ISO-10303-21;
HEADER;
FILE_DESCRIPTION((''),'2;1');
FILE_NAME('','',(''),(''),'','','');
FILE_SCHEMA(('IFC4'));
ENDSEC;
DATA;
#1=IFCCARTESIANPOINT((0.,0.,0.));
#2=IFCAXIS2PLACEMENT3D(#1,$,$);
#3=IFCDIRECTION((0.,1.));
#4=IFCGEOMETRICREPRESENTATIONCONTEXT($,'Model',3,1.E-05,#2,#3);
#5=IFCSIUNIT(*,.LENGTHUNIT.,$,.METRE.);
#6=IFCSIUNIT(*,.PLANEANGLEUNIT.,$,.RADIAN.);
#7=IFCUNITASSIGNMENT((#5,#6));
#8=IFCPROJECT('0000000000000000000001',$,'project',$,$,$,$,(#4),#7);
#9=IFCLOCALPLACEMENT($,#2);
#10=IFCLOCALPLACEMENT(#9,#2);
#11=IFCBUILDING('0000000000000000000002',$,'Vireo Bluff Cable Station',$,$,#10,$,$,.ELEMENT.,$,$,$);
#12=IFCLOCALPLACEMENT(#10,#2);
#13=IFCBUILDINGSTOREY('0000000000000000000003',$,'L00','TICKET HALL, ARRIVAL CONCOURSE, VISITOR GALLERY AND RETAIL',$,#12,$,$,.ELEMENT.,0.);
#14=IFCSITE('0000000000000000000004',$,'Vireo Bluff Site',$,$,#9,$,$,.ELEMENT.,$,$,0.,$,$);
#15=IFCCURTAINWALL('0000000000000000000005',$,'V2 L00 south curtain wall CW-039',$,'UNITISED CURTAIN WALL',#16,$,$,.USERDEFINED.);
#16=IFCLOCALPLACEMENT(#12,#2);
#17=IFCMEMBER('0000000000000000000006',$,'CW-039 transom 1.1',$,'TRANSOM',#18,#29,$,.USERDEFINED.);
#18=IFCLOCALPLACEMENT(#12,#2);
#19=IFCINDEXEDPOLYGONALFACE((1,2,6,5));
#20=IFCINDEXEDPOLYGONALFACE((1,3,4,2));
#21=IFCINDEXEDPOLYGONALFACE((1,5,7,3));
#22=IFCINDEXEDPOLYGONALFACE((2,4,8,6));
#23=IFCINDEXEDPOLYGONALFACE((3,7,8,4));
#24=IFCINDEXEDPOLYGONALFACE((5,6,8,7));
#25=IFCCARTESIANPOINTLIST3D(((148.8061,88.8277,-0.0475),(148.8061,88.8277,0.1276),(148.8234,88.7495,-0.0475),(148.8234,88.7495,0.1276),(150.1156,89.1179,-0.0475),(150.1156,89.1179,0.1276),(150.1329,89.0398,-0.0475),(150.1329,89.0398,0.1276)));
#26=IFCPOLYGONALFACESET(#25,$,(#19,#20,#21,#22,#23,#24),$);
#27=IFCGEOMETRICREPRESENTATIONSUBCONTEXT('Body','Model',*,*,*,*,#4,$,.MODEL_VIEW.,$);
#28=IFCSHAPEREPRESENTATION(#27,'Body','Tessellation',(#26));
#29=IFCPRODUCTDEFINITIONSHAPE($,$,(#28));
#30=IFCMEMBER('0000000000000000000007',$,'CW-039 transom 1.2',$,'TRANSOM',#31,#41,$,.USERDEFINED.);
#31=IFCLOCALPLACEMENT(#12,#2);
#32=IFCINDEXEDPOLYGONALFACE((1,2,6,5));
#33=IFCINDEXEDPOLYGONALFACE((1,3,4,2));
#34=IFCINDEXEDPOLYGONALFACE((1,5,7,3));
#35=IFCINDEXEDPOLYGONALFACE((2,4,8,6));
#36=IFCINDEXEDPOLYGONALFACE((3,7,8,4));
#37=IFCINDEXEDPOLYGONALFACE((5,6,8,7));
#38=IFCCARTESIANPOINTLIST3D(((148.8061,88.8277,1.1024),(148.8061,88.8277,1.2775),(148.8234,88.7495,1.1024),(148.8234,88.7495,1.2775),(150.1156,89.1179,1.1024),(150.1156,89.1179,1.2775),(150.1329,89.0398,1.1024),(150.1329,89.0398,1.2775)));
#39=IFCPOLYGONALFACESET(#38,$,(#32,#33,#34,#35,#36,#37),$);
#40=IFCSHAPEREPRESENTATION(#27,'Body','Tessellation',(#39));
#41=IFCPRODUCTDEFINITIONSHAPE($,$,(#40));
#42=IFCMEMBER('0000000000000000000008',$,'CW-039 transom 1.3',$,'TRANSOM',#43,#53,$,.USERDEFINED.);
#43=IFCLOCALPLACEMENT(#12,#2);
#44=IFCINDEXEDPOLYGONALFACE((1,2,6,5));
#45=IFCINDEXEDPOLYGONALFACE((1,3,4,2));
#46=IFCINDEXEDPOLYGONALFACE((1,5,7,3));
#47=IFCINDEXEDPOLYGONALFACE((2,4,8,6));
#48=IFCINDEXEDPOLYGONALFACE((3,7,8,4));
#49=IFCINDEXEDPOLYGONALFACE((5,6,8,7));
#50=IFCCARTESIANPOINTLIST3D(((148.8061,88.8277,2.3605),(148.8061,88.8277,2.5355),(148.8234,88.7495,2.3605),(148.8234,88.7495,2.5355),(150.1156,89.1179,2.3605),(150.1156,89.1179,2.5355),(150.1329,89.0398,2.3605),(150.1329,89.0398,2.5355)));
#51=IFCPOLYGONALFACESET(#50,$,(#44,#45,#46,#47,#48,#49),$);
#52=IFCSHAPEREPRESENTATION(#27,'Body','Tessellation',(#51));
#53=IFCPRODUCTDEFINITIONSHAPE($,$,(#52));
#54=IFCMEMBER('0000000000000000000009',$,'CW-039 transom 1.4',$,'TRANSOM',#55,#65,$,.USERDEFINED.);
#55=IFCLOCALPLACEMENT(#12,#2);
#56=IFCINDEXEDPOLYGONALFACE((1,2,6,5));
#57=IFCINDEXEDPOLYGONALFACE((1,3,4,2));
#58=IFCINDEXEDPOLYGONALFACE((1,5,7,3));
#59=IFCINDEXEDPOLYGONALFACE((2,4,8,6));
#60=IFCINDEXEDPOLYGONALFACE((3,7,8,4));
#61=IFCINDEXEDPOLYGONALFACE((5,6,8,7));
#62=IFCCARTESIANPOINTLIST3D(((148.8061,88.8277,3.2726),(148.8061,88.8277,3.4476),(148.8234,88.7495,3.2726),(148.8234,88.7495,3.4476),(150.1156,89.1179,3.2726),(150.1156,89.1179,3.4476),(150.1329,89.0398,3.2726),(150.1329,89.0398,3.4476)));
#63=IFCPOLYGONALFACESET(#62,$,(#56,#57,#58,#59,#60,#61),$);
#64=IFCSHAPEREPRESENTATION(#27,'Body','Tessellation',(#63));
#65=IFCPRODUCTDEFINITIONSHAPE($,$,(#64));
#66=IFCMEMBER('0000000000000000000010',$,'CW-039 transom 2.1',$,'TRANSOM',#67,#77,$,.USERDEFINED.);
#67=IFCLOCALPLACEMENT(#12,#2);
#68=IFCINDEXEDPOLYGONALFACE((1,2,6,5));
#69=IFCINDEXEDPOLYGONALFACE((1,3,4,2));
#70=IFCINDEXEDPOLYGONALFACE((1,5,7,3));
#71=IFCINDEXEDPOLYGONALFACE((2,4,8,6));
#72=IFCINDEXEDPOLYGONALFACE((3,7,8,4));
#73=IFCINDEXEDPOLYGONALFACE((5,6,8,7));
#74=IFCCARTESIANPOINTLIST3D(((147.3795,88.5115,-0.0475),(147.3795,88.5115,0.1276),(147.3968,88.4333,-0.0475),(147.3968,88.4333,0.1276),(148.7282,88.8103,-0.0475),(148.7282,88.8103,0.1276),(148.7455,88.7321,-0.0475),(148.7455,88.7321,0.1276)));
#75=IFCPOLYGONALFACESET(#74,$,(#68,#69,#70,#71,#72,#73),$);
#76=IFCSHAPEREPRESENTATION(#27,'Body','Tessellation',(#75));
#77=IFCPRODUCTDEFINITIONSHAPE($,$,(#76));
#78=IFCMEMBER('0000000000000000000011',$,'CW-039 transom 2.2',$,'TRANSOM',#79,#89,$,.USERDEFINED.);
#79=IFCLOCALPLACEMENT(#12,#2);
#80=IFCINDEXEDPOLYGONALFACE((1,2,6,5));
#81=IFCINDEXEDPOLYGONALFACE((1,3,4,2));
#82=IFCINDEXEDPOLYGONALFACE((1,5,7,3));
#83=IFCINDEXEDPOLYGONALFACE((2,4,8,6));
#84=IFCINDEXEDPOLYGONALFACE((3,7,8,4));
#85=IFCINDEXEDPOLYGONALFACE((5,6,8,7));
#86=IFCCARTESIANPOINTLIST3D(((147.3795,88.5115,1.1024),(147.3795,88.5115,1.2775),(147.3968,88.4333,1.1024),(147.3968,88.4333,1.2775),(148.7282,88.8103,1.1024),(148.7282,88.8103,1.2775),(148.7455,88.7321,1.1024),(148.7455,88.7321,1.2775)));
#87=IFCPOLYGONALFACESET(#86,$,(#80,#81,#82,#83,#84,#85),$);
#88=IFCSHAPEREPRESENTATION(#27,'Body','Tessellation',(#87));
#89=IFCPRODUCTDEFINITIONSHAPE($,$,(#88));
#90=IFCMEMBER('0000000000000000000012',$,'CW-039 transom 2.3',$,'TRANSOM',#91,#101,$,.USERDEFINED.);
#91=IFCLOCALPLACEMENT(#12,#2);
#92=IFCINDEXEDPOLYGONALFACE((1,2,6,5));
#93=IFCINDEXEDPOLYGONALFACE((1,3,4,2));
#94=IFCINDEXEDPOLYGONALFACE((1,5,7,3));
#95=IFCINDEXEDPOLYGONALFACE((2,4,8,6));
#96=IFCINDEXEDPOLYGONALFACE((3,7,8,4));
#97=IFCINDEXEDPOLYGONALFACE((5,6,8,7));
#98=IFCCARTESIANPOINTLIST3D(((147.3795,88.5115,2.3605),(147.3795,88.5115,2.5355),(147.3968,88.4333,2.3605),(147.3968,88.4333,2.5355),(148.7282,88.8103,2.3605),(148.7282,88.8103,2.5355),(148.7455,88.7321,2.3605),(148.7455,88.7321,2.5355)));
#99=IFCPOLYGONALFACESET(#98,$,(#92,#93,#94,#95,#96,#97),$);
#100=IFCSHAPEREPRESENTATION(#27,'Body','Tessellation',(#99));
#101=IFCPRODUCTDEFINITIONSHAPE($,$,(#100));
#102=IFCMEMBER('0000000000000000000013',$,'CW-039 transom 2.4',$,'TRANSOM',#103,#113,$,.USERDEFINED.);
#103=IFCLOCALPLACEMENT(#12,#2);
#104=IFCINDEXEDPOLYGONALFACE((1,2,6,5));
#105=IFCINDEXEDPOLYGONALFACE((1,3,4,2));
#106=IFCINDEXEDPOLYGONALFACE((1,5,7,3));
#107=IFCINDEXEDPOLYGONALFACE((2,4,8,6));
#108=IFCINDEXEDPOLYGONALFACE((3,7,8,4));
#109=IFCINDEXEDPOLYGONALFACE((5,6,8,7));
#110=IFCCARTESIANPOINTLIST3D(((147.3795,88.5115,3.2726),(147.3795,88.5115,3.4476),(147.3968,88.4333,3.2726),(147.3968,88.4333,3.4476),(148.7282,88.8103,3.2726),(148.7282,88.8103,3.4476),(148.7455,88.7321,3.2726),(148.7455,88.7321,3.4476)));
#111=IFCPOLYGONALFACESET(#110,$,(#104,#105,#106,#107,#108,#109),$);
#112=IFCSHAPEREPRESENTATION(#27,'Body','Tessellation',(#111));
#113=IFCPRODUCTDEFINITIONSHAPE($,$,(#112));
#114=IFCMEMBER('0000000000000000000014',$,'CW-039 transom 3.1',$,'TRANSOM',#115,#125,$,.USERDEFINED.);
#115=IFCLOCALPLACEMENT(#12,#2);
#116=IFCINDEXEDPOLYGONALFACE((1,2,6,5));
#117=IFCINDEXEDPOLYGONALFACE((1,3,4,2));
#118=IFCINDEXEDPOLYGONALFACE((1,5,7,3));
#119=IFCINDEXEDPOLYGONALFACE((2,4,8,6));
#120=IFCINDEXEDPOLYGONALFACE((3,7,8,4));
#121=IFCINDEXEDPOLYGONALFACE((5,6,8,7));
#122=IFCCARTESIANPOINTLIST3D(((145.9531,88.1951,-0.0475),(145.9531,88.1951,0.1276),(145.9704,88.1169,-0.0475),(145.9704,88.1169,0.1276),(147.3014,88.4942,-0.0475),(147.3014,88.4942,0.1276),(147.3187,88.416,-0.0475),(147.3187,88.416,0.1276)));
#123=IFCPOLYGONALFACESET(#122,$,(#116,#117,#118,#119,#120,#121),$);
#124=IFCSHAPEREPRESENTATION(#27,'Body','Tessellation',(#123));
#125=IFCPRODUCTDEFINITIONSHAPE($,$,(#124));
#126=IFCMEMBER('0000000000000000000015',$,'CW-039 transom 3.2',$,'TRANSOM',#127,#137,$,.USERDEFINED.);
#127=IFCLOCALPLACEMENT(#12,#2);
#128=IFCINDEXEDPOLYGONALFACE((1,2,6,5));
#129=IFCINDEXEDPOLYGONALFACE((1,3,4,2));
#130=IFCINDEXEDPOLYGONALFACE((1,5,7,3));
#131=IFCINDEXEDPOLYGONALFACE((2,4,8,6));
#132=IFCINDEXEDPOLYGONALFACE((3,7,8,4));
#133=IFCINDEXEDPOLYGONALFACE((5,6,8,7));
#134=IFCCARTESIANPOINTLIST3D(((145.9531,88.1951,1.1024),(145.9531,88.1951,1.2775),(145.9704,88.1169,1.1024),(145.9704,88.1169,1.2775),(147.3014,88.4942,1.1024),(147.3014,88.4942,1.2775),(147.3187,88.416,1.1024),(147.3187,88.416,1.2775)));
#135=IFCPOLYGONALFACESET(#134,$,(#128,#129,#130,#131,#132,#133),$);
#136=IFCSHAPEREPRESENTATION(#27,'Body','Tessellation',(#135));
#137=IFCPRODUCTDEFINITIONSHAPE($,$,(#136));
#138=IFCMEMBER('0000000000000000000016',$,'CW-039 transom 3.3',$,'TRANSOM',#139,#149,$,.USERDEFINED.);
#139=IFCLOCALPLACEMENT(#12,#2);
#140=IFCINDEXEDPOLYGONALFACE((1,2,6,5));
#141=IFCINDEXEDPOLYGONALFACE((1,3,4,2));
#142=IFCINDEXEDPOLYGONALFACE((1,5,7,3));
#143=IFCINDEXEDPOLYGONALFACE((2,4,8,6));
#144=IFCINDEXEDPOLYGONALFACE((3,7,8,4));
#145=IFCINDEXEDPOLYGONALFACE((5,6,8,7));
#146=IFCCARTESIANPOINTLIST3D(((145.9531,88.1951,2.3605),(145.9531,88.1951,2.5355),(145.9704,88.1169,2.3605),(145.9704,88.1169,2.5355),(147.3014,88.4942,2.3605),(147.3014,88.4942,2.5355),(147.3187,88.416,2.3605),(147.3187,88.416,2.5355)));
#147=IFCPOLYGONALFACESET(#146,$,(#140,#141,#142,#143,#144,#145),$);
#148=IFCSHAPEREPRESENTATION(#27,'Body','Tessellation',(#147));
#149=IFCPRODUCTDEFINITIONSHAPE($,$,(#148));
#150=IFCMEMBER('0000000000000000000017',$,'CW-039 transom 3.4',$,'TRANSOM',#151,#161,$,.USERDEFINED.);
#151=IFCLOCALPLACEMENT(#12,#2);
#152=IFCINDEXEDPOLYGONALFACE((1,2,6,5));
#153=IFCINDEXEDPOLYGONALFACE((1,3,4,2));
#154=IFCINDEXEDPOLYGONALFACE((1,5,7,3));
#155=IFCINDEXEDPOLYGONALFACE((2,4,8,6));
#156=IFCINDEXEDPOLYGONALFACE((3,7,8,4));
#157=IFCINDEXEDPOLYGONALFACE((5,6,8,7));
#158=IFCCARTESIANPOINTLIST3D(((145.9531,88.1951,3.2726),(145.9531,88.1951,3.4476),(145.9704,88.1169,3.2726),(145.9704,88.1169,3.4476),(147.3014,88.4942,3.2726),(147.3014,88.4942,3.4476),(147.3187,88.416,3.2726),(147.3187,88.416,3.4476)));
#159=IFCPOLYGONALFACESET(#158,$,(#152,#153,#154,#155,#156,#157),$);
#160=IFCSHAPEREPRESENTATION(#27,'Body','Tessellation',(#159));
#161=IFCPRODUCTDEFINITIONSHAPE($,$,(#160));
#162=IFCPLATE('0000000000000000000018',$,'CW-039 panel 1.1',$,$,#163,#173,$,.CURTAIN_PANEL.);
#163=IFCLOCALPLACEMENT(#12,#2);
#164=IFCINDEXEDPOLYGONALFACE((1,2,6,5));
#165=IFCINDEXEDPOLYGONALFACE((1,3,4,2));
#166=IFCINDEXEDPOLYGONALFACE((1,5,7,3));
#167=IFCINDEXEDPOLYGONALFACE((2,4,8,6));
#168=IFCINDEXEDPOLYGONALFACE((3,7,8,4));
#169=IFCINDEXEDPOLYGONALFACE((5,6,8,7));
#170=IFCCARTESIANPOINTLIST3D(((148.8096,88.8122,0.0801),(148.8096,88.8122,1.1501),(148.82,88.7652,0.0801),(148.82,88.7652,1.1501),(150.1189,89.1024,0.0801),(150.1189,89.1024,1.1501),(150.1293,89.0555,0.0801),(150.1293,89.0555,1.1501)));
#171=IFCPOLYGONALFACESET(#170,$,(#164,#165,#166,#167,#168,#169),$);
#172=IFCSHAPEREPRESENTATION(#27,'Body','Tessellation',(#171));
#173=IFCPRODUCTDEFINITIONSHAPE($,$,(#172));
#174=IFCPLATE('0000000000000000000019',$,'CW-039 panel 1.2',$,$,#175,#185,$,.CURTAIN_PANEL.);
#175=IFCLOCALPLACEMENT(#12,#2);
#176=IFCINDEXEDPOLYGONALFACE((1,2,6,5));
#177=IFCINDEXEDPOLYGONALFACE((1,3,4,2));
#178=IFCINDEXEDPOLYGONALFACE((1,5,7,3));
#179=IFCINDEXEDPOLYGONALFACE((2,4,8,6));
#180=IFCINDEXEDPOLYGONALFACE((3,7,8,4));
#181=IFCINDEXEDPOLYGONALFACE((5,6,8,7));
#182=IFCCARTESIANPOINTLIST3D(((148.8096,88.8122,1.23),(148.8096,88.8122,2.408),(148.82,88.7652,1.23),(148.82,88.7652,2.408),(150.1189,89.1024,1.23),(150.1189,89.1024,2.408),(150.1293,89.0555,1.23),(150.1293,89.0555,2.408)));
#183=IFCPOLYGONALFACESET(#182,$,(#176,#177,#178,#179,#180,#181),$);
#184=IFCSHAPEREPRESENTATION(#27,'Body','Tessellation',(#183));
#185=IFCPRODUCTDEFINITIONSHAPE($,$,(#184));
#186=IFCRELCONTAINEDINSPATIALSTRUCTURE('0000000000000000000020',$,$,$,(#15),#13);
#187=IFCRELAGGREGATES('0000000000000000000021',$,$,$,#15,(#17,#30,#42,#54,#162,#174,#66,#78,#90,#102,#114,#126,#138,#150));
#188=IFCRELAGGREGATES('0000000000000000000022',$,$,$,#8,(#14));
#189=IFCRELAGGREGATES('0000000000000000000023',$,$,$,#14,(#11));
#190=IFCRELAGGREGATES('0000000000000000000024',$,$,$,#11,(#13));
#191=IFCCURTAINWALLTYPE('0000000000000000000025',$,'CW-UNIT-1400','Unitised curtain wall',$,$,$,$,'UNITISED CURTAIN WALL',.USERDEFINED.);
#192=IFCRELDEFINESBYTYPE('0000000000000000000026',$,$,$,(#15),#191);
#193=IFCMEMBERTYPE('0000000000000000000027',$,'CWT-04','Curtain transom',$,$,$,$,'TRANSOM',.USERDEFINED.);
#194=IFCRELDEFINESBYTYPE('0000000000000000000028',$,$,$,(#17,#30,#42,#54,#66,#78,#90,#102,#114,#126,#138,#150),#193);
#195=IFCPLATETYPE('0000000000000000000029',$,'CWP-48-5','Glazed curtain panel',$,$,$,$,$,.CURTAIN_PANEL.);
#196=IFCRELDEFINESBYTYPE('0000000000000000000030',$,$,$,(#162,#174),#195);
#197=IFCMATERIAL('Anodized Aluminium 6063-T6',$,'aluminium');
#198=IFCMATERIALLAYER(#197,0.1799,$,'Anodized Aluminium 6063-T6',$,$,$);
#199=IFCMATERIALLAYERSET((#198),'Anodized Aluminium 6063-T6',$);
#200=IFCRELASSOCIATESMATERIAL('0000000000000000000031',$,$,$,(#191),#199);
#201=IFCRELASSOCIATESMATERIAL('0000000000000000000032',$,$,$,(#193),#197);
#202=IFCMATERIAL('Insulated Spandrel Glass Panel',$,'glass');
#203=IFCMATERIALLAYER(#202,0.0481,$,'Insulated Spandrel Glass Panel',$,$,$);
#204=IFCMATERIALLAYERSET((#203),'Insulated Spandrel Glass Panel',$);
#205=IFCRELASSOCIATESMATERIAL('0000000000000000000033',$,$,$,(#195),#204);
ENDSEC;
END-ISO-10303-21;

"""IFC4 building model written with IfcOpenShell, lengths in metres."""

from ifc_helpers import new_model, si_unit, direction, frame, origin, origin_2d, place, context, subcontext, project, spatial, rectangle, extrude, material, layer, layer_set, material_profile, profile_set, type_object, element, aggregate, save


model = new_model("IFC4")

# Units and contexts
model_context = context("Model", 3, precision=1e-05, world=origin(), true_north=direction((0.0, 1.0)))
body_context = subcontext(model_context, "Body", "Model", "MODEL_VIEW")
ifc_project = project(units=[si_unit("LENGTHUNIT", "METRE"), si_unit("PLANEANGLEUNIT", "RADIAN")], contexts=[model_context])

# Site, building, storey
site_placement = place(None, origin())
site = spatial("IfcSite", under=ifc_project, at=site_placement, Name="Vireo Bluff Site", CompositionType="ELEMENT", RefElevation=0.0)
building_placement = place(site_placement, origin())
building = spatial("IfcBuilding", under=site, at=building_placement, Name="Vireo Bluff Cable Station", CompositionType="ELEMENT")
storey_placement = place(building_placement, origin())
storey = spatial("IfcBuildingStorey", under=building, at=storey_placement, Name="L00", Description="TICKET HALL, ARRIVAL CONCOURSE, VISITOR GALLERY AND RETAIL", CompositionType="ELEMENT", Elevation=0.0)

# Curtain wall, members, plates
ifc_material_1 = material(Name="Anodized Aluminium 6063-T6", Category="aluminium")
ifc_layer_1 = layer(ifc_material_1, 0.1799, Name="Anodized Aluminium 6063-T6")
ifc_layer_set_1 = layer_set([ifc_layer_1], Name="Anodized Aluminium 6063-T6")
curtain_wall_type = type_object("IfcCurtainWallType", Name="CW-UNIT-1400", Description="Unitised curtain wall", ElementType="UNITISED CURTAIN WALL", PredefinedType="USERDEFINED", material=ifc_layer_set_1)
curtain_wall_placement = place(storey_placement, origin())
curtain_wall = element("IfcCurtainWall", 1, at=curtain_wall_placement, inside=storey, type_object=curtain_wall_type, Name="V2 L00 south curtain wall CW-039", ObjectType="UNITISED CURTAIN WALL", PredefinedType="USERDEFINED")
ifc_material_profile_1 = material_profile(ifc_material_1, rectangle(XDim=0.0801, YDim=0.175, at=origin_2d()), Name="ALU-T-80X175")
ifc_profile_set_1 = profile_set([ifc_material_profile_1], Name="Anodized Aluminium 6063-T6")
member_type_1 = type_object("IfcMemberType", Name="CWT-04", Description="Curtain transom", ElementType="TRANSOM", PredefinedType="USERDEFINED", material=ifc_profile_set_1)
member_1_placement = place(storey_placement, frame((150.1243, 89.0789, 0.04), z_axis=(-0.976303, -0.21641, 0.0), x_axis=(0.21641, -0.976303, 0.0)))
member_1 = element("IfcMember", 2, at=member_1_placement, type_object=member_type_1, Name="CW-039 transom 1.1", ObjectType="TRANSOM", PredefinedType="USERDEFINED", context=body_context, shape_type="SweptSolid", body=[
    extrude(rectangle(XDim=0.0801, YDim=0.175, at=origin_2d()), origin(), (0.0, 0.0, 1.0), 1.3413),
])
member_2_placement = place(storey_placement, frame((150.1243, 89.0789, 1.1899), z_axis=(-0.976303, -0.21641, 0.0), x_axis=(0.21641, -0.976303, 0.0)))
member_2 = element("IfcMember", 3, at=member_2_placement, type_object=member_type_1, Name="CW-039 transom 1.2", ObjectType="TRANSOM", PredefinedType="USERDEFINED", context=body_context, shape_type="SweptSolid", body=[
    extrude(rectangle(XDim=0.0801, YDim=0.175, at=origin_2d()), origin(), (0.0, 0.0, 1.0), 1.3413),
])
member_3_placement = place(storey_placement, frame((150.1243, 89.0789, 2.448), z_axis=(-0.976303, -0.21641, 0.0), x_axis=(0.21641, -0.976303, 0.0)))
member_3 = element("IfcMember", 4, at=member_3_placement, type_object=member_type_1, Name="CW-039 transom 1.3", ObjectType="TRANSOM", PredefinedType="USERDEFINED", context=body_context, shape_type="SweptSolid", body=[
    extrude(rectangle(XDim=0.0801, YDim=0.175, at=origin_2d()), origin(), (0.0, 0.0, 1.0), 1.3413),
])
member_4_placement = place(storey_placement, frame((150.1243, 89.0789, 3.3601), z_axis=(-0.976303, -0.21641, 0.0), x_axis=(0.21641, -0.976303, 0.0)))
member_4 = element("IfcMember", 5, at=member_4_placement, type_object=member_type_1, Name="CW-039 transom 1.4", ObjectType="TRANSOM", PredefinedType="USERDEFINED", context=body_context, shape_type="SweptSolid", body=[
    extrude(rectangle(XDim=0.0801, YDim=0.175, at=origin_2d()), origin(), (0.0, 0.0, 1.0), 1.3413),
])
member_5_placement = place(storey_placement, frame((148.7368, 88.7712, 0.04), z_axis=(-0.97632, -0.216332, 0.0), x_axis=(0.216332, -0.97632, 0.0)))
member_5 = element("IfcMember", 6, at=member_5_placement, type_object=member_type_1, Name="CW-039 transom 2.1", ObjectType="TRANSOM", PredefinedType="USERDEFINED", context=body_context, shape_type="SweptSolid", body=[
    extrude(rectangle(XDim=0.0801, YDim=0.175, at=origin_2d()), origin(), (0.0, 0.0, 1.0), 1.3813),
])
member_6_placement = place(storey_placement, frame((148.7368, 88.7712, 1.1899), z_axis=(-0.97632, -0.216332, 0.0), x_axis=(0.216332, -0.97632, 0.0)))
member_6 = element("IfcMember", 7, at=member_6_placement, type_object=member_type_1, Name="CW-039 transom 2.2", ObjectType="TRANSOM", PredefinedType="USERDEFINED", context=body_context, shape_type="SweptSolid", body=[
    extrude(rectangle(XDim=0.0801, YDim=0.175, at=origin_2d()), origin(), (0.0, 0.0, 1.0), 1.3813),
])
member_7_placement = place(storey_placement, frame((148.7368, 88.7712, 2.448), z_axis=(-0.97632, -0.216332, 0.0), x_axis=(0.216332, -0.97632, 0.0)))
member_7 = element("IfcMember", 8, at=member_7_placement, type_object=member_type_1, Name="CW-039 transom 2.3", ObjectType="TRANSOM", PredefinedType="USERDEFINED", context=body_context, shape_type="SweptSolid", body=[
    extrude(rectangle(XDim=0.0801, YDim=0.175, at=origin_2d()), origin(), (0.0, 0.0, 1.0), 1.3813),
])
member_8_placement = place(storey_placement, frame((148.7368, 88.7712, 3.3601), z_axis=(-0.97632, -0.216332, 0.0), x_axis=(0.216332, -0.97632, 0.0)))
member_8 = element("IfcMember", 9, at=member_8_placement, type_object=member_type_1, Name="CW-039 transom 2.4", ObjectType="TRANSOM", PredefinedType="USERDEFINED", context=body_context, shape_type="SweptSolid", body=[
    extrude(rectangle(XDim=0.0801, YDim=0.175, at=origin_2d()), origin(), (0.0, 0.0, 1.0), 1.3813),
])
member_9_placement = place(storey_placement, frame((147.3101, 88.4551, 0.04), z_axis=(-0.976274, -0.216537, 0.0), x_axis=(0.216537, -0.976274, 0.0)))
member_9 = element("IfcMember", 10, at=member_9_placement, type_object=member_type_1, Name="CW-039 transom 3.1", ObjectType="TRANSOM", PredefinedType="USERDEFINED", context=body_context, shape_type="SweptSolid", body=[
    extrude(rectangle(XDim=0.0801, YDim=0.175, at=origin_2d()), origin(), (0.0, 0.0, 1.0), 1.3811),
])
member_10_placement = place(storey_placement, frame((147.3101, 88.4551, 1.1899), z_axis=(-0.976274, -0.216537, 0.0), x_axis=(0.216537, -0.976274, 0.0)))
member_10 = element("IfcMember", 11, at=member_10_placement, type_object=member_type_1, Name="CW-039 transom 3.2", ObjectType="TRANSOM", PredefinedType="USERDEFINED", context=body_context, shape_type="SweptSolid", body=[
    extrude(rectangle(XDim=0.0801, YDim=0.175, at=origin_2d()), origin(), (0.0, 0.0, 1.0), 1.3811),
])
member_11_placement = place(storey_placement, frame((147.3101, 88.4551, 2.448), z_axis=(-0.976274, -0.216537, 0.0), x_axis=(0.216537, -0.976274, 0.0)))
member_11 = element("IfcMember", 12, at=member_11_placement, type_object=member_type_1, Name="CW-039 transom 3.3", ObjectType="TRANSOM", PredefinedType="USERDEFINED", context=body_context, shape_type="SweptSolid", body=[
    extrude(rectangle(XDim=0.0801, YDim=0.175, at=origin_2d()), origin(), (0.0, 0.0, 1.0), 1.3811),
])
member_12_placement = place(storey_placement, frame((147.3101, 88.4551, 3.3601), z_axis=(-0.976274, -0.216537, 0.0), x_axis=(0.216537, -0.976274, 0.0)))
member_12 = element("IfcMember", 13, at=member_12_placement, type_object=member_type_1, Name="CW-039 transom 3.4", ObjectType="TRANSOM", PredefinedType="USERDEFINED", context=body_context, shape_type="SweptSolid", body=[
    extrude(rectangle(XDim=0.0801, YDim=0.175, at=origin_2d()), origin(), (0.0, 0.0, 1.0), 1.3811),
])
ifc_material_2 = material(Name="Insulated Spandrel Glass Panel", Category="glass")
ifc_layer_2 = layer(ifc_material_2, 0.0481, Name="Insulated Spandrel Glass Panel")
ifc_layer_set_2 = layer_set([ifc_layer_2], Name="Insulated Spandrel Glass Panel")
plate_type = type_object("IfcPlateType", Name="CWP-48-5", Description="Glazed curtain panel", PredefinedType="CURTAIN_PANEL", material=ifc_layer_set_2)
plate_1_placement = place(storey_placement, frame((149.4695, 88.9338, 0.0801), z_axis=(0.0, 0.0, 1.0), x_axis=(-0.976296, -0.21644, 0.0)))
plate_1 = element("IfcPlate", 14, at=plate_1_placement, type_object=plate_type, Name="CW-039 panel 1.1", PredefinedType="CURTAIN_PANEL", context=body_context, shape_type="SweptSolid", body=[
    extrude(rectangle(XDim=1.3411, YDim=0.0481, at=origin_2d()), origin(), (0.0, 0.0, 1.0), 1.0701),
])
plate_2_placement = place(storey_placement, frame((149.4695, 88.9338, 1.23), z_axis=(0.0, 0.0, 1.0), x_axis=(-0.976296, -0.21644, 0.0)))
plate_2 = element("IfcPlate", 15, at=plate_2_placement, type_object=plate_type, Name="CW-039 panel 1.2", PredefinedType="CURTAIN_PANEL", context=body_context, shape_type="SweptSolid", body=[
    extrude(rectangle(XDim=1.3411, YDim=0.0481, at=origin_2d()), origin(), (0.0, 0.0, 1.0), 1.178),
])
aggregate(curtain_wall, [member_1, member_2, member_3, member_4, plate_1, plate_2, member_5, member_6, member_7, member_8, member_9, member_10, member_11, member_12])

save(model, "model.ifc")
